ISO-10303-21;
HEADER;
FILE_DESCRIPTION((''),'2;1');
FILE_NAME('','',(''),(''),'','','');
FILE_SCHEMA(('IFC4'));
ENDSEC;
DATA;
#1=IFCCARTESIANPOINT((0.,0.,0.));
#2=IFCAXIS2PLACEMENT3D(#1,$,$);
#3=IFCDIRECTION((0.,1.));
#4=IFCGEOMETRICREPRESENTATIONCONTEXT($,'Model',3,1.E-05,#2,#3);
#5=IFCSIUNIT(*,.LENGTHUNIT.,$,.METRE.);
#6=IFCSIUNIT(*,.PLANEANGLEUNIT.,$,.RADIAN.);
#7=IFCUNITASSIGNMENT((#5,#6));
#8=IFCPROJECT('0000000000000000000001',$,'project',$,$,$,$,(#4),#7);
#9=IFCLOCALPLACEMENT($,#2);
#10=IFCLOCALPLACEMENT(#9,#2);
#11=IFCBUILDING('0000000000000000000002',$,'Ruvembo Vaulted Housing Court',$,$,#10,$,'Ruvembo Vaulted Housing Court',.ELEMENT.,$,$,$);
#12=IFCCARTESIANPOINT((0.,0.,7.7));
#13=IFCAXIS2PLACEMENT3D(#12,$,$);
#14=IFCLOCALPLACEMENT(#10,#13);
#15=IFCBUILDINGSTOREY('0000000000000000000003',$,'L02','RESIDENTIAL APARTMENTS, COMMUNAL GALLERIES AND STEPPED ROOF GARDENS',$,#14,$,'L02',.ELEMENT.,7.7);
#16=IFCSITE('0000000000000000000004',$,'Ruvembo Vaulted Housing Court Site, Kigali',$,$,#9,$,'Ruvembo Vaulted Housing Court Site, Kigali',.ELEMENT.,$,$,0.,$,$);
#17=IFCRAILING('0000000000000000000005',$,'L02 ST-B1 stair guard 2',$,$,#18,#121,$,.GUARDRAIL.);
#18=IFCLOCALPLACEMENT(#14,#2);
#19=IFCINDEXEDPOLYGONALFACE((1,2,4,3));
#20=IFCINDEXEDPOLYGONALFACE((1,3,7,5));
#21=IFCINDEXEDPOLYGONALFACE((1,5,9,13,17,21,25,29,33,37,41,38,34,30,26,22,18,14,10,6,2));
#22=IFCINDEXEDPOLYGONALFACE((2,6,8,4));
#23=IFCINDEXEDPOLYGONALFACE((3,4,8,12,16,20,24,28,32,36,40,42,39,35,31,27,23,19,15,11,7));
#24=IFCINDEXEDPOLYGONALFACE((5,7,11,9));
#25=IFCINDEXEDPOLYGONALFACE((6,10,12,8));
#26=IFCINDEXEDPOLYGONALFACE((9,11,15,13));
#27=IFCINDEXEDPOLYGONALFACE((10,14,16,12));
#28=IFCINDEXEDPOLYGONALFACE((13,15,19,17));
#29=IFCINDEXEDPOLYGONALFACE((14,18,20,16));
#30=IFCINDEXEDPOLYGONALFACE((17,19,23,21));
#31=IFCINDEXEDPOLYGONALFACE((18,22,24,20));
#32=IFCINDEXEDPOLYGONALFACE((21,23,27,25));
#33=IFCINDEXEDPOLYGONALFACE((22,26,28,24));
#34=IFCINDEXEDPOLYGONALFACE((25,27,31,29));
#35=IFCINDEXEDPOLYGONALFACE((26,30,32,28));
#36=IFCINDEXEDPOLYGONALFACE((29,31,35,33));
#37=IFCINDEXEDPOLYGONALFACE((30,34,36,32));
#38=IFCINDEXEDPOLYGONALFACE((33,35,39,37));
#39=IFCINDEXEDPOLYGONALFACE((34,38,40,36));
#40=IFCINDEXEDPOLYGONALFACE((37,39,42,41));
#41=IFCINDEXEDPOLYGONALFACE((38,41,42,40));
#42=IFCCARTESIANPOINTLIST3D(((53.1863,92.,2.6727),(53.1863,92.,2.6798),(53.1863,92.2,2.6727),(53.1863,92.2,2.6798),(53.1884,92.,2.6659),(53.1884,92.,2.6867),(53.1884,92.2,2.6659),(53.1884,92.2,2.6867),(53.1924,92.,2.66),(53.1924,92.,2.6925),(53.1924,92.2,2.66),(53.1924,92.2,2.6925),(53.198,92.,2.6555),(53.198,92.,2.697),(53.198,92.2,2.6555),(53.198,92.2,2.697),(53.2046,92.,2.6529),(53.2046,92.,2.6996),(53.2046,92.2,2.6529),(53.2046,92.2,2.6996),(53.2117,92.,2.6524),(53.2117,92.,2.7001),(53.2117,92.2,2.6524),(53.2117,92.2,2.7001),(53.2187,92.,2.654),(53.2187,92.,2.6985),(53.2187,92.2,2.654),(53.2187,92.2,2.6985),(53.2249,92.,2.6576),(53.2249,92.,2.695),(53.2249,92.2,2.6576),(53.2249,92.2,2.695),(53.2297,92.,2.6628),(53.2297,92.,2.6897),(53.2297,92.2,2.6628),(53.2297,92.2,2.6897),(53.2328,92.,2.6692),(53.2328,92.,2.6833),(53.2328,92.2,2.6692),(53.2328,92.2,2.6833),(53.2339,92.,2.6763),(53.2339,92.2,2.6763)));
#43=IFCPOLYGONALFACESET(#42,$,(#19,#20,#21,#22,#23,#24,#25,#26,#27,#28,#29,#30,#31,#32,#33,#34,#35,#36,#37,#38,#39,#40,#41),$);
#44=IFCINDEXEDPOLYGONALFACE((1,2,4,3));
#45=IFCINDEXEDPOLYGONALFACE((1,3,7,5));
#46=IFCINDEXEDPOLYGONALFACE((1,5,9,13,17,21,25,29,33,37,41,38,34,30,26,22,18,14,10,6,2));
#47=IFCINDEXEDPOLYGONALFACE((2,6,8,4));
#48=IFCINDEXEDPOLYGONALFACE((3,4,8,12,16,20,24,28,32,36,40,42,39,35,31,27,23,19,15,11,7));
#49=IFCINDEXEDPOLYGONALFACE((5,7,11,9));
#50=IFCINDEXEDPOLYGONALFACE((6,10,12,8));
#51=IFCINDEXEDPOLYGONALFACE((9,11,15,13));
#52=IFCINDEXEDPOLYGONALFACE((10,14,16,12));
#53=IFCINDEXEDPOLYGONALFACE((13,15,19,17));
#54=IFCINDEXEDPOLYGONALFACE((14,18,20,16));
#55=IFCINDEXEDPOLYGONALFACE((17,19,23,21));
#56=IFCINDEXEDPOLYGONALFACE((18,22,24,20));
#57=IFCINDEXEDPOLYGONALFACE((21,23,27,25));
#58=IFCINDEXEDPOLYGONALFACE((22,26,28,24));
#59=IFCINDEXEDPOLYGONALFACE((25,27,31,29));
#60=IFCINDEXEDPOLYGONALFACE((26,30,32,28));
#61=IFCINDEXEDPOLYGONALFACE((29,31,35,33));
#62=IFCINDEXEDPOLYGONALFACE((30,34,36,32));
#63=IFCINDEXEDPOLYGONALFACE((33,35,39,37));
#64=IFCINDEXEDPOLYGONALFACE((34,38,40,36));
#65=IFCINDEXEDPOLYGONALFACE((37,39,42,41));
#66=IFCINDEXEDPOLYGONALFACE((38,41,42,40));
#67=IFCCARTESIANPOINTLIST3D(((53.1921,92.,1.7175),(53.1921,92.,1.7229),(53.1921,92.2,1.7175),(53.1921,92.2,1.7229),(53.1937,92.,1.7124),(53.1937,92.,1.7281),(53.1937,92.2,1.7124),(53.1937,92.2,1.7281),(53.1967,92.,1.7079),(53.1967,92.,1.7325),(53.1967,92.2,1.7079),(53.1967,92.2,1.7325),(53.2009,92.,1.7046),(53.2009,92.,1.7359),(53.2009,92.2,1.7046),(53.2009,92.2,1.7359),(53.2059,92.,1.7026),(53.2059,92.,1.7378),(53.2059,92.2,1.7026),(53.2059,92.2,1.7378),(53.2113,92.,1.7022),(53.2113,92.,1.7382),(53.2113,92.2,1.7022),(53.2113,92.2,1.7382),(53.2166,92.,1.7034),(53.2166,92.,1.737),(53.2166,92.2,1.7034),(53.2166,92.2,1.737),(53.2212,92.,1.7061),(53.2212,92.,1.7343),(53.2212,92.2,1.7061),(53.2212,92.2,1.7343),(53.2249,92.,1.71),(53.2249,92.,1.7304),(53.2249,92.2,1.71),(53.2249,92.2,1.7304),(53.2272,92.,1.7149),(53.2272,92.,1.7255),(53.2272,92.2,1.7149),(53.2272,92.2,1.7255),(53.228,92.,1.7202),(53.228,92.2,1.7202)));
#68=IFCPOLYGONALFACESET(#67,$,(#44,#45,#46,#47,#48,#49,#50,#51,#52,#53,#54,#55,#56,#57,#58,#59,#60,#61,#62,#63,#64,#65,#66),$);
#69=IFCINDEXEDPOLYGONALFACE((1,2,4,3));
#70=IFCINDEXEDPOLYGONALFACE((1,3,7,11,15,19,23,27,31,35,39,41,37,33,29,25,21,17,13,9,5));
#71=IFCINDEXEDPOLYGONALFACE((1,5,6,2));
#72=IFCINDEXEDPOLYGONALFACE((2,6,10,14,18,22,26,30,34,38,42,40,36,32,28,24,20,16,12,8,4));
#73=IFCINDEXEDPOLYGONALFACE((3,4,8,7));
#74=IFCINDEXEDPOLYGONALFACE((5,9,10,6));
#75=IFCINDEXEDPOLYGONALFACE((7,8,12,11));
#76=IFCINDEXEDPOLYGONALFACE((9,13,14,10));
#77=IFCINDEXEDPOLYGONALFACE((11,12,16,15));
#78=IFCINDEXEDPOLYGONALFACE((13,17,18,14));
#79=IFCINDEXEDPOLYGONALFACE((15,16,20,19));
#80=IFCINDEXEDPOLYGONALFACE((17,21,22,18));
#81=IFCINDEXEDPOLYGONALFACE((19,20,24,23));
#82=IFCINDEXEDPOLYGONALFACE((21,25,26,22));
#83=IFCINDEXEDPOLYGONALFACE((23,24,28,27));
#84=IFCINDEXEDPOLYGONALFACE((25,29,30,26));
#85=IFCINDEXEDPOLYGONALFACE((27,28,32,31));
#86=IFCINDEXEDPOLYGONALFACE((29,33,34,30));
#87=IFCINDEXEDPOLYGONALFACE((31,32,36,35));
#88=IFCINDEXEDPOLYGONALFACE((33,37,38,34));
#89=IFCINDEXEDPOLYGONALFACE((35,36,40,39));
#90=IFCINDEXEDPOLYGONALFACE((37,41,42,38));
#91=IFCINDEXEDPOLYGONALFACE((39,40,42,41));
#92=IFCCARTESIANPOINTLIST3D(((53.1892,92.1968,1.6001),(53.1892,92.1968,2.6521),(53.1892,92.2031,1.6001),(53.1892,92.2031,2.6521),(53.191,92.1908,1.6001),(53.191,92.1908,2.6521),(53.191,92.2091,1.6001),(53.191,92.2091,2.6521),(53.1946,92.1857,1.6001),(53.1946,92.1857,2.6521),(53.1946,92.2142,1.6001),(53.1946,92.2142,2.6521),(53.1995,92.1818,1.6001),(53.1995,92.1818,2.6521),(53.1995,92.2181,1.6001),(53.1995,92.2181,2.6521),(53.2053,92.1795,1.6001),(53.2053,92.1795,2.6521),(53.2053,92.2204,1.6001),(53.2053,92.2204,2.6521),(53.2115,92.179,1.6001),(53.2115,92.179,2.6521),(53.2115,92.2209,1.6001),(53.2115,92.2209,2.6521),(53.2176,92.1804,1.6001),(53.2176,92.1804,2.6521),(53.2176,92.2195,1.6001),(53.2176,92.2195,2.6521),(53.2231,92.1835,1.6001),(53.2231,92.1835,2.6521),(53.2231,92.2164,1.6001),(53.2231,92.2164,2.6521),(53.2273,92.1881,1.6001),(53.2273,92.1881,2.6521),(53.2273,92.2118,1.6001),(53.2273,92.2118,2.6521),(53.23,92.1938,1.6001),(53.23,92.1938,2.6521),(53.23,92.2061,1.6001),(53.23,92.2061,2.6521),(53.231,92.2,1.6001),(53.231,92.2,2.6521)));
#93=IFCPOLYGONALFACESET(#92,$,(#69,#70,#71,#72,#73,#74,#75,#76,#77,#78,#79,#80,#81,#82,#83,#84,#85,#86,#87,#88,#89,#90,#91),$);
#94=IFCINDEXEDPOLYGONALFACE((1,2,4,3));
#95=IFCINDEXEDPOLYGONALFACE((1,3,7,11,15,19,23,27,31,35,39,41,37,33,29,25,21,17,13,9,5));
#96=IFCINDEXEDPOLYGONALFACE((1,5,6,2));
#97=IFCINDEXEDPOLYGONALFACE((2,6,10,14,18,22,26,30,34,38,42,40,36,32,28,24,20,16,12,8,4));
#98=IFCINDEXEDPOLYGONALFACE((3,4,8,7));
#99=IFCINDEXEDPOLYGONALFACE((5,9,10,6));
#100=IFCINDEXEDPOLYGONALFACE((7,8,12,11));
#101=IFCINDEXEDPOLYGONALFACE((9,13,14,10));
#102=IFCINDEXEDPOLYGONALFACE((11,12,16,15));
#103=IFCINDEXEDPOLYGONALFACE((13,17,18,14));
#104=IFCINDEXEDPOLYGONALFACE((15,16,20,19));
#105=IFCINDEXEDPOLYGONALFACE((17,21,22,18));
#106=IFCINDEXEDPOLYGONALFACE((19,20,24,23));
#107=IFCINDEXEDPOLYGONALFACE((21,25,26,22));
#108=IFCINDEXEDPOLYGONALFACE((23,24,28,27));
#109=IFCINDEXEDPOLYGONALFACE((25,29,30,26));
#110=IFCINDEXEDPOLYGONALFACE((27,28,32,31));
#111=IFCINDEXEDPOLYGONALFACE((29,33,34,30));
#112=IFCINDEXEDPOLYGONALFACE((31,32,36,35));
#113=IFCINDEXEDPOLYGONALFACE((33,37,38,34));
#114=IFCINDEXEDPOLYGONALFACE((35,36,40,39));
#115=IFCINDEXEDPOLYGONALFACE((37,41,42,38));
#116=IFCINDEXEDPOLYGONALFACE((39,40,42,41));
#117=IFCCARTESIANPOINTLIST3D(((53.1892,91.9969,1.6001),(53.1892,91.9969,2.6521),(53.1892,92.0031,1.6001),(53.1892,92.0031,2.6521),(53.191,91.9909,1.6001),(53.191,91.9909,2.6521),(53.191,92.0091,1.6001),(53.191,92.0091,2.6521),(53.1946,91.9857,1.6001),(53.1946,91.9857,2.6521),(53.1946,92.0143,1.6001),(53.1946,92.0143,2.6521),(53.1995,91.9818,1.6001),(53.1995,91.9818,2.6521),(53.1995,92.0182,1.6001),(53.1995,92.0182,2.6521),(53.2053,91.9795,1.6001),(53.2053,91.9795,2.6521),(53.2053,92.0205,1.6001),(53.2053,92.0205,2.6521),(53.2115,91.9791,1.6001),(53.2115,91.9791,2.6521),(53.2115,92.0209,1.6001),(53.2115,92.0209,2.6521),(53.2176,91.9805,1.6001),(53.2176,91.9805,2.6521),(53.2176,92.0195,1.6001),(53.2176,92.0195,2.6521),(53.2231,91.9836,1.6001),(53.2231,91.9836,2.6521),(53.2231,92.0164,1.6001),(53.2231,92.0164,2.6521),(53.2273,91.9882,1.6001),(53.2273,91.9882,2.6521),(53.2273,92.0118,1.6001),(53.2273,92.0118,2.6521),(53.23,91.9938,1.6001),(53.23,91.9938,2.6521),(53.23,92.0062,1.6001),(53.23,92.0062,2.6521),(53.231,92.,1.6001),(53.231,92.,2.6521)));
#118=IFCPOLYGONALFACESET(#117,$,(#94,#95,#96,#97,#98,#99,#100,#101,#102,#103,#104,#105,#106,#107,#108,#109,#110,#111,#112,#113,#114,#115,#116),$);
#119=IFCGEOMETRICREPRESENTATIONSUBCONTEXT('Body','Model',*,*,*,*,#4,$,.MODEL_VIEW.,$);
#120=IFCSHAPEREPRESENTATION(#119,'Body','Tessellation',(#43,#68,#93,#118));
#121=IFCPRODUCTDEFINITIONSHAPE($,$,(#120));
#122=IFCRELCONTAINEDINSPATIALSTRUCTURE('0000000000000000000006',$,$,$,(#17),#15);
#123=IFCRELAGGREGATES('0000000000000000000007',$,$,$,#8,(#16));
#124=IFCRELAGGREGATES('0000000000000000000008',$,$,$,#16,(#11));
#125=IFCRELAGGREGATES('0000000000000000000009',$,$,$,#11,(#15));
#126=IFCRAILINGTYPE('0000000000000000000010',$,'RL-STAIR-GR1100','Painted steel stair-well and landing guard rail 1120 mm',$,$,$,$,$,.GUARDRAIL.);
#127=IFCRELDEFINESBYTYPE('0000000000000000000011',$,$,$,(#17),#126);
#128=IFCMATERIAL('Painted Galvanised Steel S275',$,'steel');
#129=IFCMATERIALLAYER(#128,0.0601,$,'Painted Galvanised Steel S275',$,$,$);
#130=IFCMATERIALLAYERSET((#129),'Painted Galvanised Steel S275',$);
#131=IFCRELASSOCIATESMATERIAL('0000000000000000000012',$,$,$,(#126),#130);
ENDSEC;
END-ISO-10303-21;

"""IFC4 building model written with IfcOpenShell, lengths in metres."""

from ifc_helpers import new_model, si_unit, direction, frame, origin, origin_2d, place, context, subcontext, project, spatial, circle, extrude, material, layer, layer_set, type_object, element, save


model = new_model("IFC4")

# Units and contexts
model_context = context("Model", 3, precision=1e-05, world=origin(), true_north=direction((0.0, 1.0)))
body_context = subcontext(model_context, "Body", "Model", "MODEL_VIEW")
ifc_project = project(units=[si_unit("LENGTHUNIT", "METRE"), si_unit("PLANEANGLEUNIT", "RADIAN")], contexts=[model_context])

# Site, building, storey
site_placement = place(None, origin())
site = spatial("IfcSite", under=ifc_project, at=site_placement, Name="Ruvembo Vaulted Housing Court Site, Kigali", LongName="Ruvembo Vaulted Housing Court Site, Kigali", CompositionType="ELEMENT", RefElevation=0.0)
building_placement = place(site_placement, origin())
building = spatial("IfcBuilding", under=site, at=building_placement, Name="Ruvembo Vaulted Housing Court", LongName="Ruvembo Vaulted Housing Court", CompositionType="ELEMENT")
storey_placement = place(building_placement, frame((0.0, 0.0, 7.7)))
storey = spatial("IfcBuildingStorey", under=building, at=storey_placement, Name="L02", Description="RESIDENTIAL APARTMENTS, COMMUNAL GALLERIES AND STEPPED ROOF GARDENS", LongName="L02", CompositionType="ELEMENT", Elevation=7.7)

# Railing
ifc_material_1 = material(Name="Painted Galvanised Steel S275", Category="steel")
ifc_layer_1 = layer(ifc_material_1, 0.0601, Name="Painted Galvanised Steel S275")
ifc_layer_set_1 = layer_set([ifc_layer_1], Name="Painted Galvanised Steel S275")
railing_type_1 = type_object("IfcRailingType", Name="RL-STAIR-GR1100", Description="Painted steel stair-well and landing guard rail 1120 mm", PredefinedType="GUARDRAIL", material=ifc_layer_set_1)
railing_1_placement = place(storey_placement, frame((53.21, 92.2, 1.6001)))
element("IfcRailing", 1, at=railing_1_placement, inside=storey, type_object=railing_type_1, Name="L02 ST-B1 stair guard 2", PredefinedType="GUARDRAIL", context=body_context, shape_type="SweptSolid", body=[
    extrude(circle(Radius=0.0239, at=origin_2d()), frame((0.0, 0.0, 1.0762), z_axis=(0.0, -1.0, 0.0), x_axis=(1.0, 0.0, 0.0)), (0.0, 0.0, 1.0), 0.2),
    extrude(circle(Radius=0.0181, at=origin_2d()), frame((0.0, 0.0, 0.1201), z_axis=(0.0, -1.0, 0.0), x_axis=(1.0, 0.0, 0.0)), (0.0, 0.0, 1.0), 0.2),
    extrude(circle(Radius=0.021, at=origin_2d()), origin(), (0.0, 0.0, 1.0), 1.052),
    extrude(circle(Radius=0.021, at=origin_2d()), frame((0.0, -0.2, 0.0)), (0.0, 0.0, 1.0), 1.052),
])

save(model, "model.ifc")
